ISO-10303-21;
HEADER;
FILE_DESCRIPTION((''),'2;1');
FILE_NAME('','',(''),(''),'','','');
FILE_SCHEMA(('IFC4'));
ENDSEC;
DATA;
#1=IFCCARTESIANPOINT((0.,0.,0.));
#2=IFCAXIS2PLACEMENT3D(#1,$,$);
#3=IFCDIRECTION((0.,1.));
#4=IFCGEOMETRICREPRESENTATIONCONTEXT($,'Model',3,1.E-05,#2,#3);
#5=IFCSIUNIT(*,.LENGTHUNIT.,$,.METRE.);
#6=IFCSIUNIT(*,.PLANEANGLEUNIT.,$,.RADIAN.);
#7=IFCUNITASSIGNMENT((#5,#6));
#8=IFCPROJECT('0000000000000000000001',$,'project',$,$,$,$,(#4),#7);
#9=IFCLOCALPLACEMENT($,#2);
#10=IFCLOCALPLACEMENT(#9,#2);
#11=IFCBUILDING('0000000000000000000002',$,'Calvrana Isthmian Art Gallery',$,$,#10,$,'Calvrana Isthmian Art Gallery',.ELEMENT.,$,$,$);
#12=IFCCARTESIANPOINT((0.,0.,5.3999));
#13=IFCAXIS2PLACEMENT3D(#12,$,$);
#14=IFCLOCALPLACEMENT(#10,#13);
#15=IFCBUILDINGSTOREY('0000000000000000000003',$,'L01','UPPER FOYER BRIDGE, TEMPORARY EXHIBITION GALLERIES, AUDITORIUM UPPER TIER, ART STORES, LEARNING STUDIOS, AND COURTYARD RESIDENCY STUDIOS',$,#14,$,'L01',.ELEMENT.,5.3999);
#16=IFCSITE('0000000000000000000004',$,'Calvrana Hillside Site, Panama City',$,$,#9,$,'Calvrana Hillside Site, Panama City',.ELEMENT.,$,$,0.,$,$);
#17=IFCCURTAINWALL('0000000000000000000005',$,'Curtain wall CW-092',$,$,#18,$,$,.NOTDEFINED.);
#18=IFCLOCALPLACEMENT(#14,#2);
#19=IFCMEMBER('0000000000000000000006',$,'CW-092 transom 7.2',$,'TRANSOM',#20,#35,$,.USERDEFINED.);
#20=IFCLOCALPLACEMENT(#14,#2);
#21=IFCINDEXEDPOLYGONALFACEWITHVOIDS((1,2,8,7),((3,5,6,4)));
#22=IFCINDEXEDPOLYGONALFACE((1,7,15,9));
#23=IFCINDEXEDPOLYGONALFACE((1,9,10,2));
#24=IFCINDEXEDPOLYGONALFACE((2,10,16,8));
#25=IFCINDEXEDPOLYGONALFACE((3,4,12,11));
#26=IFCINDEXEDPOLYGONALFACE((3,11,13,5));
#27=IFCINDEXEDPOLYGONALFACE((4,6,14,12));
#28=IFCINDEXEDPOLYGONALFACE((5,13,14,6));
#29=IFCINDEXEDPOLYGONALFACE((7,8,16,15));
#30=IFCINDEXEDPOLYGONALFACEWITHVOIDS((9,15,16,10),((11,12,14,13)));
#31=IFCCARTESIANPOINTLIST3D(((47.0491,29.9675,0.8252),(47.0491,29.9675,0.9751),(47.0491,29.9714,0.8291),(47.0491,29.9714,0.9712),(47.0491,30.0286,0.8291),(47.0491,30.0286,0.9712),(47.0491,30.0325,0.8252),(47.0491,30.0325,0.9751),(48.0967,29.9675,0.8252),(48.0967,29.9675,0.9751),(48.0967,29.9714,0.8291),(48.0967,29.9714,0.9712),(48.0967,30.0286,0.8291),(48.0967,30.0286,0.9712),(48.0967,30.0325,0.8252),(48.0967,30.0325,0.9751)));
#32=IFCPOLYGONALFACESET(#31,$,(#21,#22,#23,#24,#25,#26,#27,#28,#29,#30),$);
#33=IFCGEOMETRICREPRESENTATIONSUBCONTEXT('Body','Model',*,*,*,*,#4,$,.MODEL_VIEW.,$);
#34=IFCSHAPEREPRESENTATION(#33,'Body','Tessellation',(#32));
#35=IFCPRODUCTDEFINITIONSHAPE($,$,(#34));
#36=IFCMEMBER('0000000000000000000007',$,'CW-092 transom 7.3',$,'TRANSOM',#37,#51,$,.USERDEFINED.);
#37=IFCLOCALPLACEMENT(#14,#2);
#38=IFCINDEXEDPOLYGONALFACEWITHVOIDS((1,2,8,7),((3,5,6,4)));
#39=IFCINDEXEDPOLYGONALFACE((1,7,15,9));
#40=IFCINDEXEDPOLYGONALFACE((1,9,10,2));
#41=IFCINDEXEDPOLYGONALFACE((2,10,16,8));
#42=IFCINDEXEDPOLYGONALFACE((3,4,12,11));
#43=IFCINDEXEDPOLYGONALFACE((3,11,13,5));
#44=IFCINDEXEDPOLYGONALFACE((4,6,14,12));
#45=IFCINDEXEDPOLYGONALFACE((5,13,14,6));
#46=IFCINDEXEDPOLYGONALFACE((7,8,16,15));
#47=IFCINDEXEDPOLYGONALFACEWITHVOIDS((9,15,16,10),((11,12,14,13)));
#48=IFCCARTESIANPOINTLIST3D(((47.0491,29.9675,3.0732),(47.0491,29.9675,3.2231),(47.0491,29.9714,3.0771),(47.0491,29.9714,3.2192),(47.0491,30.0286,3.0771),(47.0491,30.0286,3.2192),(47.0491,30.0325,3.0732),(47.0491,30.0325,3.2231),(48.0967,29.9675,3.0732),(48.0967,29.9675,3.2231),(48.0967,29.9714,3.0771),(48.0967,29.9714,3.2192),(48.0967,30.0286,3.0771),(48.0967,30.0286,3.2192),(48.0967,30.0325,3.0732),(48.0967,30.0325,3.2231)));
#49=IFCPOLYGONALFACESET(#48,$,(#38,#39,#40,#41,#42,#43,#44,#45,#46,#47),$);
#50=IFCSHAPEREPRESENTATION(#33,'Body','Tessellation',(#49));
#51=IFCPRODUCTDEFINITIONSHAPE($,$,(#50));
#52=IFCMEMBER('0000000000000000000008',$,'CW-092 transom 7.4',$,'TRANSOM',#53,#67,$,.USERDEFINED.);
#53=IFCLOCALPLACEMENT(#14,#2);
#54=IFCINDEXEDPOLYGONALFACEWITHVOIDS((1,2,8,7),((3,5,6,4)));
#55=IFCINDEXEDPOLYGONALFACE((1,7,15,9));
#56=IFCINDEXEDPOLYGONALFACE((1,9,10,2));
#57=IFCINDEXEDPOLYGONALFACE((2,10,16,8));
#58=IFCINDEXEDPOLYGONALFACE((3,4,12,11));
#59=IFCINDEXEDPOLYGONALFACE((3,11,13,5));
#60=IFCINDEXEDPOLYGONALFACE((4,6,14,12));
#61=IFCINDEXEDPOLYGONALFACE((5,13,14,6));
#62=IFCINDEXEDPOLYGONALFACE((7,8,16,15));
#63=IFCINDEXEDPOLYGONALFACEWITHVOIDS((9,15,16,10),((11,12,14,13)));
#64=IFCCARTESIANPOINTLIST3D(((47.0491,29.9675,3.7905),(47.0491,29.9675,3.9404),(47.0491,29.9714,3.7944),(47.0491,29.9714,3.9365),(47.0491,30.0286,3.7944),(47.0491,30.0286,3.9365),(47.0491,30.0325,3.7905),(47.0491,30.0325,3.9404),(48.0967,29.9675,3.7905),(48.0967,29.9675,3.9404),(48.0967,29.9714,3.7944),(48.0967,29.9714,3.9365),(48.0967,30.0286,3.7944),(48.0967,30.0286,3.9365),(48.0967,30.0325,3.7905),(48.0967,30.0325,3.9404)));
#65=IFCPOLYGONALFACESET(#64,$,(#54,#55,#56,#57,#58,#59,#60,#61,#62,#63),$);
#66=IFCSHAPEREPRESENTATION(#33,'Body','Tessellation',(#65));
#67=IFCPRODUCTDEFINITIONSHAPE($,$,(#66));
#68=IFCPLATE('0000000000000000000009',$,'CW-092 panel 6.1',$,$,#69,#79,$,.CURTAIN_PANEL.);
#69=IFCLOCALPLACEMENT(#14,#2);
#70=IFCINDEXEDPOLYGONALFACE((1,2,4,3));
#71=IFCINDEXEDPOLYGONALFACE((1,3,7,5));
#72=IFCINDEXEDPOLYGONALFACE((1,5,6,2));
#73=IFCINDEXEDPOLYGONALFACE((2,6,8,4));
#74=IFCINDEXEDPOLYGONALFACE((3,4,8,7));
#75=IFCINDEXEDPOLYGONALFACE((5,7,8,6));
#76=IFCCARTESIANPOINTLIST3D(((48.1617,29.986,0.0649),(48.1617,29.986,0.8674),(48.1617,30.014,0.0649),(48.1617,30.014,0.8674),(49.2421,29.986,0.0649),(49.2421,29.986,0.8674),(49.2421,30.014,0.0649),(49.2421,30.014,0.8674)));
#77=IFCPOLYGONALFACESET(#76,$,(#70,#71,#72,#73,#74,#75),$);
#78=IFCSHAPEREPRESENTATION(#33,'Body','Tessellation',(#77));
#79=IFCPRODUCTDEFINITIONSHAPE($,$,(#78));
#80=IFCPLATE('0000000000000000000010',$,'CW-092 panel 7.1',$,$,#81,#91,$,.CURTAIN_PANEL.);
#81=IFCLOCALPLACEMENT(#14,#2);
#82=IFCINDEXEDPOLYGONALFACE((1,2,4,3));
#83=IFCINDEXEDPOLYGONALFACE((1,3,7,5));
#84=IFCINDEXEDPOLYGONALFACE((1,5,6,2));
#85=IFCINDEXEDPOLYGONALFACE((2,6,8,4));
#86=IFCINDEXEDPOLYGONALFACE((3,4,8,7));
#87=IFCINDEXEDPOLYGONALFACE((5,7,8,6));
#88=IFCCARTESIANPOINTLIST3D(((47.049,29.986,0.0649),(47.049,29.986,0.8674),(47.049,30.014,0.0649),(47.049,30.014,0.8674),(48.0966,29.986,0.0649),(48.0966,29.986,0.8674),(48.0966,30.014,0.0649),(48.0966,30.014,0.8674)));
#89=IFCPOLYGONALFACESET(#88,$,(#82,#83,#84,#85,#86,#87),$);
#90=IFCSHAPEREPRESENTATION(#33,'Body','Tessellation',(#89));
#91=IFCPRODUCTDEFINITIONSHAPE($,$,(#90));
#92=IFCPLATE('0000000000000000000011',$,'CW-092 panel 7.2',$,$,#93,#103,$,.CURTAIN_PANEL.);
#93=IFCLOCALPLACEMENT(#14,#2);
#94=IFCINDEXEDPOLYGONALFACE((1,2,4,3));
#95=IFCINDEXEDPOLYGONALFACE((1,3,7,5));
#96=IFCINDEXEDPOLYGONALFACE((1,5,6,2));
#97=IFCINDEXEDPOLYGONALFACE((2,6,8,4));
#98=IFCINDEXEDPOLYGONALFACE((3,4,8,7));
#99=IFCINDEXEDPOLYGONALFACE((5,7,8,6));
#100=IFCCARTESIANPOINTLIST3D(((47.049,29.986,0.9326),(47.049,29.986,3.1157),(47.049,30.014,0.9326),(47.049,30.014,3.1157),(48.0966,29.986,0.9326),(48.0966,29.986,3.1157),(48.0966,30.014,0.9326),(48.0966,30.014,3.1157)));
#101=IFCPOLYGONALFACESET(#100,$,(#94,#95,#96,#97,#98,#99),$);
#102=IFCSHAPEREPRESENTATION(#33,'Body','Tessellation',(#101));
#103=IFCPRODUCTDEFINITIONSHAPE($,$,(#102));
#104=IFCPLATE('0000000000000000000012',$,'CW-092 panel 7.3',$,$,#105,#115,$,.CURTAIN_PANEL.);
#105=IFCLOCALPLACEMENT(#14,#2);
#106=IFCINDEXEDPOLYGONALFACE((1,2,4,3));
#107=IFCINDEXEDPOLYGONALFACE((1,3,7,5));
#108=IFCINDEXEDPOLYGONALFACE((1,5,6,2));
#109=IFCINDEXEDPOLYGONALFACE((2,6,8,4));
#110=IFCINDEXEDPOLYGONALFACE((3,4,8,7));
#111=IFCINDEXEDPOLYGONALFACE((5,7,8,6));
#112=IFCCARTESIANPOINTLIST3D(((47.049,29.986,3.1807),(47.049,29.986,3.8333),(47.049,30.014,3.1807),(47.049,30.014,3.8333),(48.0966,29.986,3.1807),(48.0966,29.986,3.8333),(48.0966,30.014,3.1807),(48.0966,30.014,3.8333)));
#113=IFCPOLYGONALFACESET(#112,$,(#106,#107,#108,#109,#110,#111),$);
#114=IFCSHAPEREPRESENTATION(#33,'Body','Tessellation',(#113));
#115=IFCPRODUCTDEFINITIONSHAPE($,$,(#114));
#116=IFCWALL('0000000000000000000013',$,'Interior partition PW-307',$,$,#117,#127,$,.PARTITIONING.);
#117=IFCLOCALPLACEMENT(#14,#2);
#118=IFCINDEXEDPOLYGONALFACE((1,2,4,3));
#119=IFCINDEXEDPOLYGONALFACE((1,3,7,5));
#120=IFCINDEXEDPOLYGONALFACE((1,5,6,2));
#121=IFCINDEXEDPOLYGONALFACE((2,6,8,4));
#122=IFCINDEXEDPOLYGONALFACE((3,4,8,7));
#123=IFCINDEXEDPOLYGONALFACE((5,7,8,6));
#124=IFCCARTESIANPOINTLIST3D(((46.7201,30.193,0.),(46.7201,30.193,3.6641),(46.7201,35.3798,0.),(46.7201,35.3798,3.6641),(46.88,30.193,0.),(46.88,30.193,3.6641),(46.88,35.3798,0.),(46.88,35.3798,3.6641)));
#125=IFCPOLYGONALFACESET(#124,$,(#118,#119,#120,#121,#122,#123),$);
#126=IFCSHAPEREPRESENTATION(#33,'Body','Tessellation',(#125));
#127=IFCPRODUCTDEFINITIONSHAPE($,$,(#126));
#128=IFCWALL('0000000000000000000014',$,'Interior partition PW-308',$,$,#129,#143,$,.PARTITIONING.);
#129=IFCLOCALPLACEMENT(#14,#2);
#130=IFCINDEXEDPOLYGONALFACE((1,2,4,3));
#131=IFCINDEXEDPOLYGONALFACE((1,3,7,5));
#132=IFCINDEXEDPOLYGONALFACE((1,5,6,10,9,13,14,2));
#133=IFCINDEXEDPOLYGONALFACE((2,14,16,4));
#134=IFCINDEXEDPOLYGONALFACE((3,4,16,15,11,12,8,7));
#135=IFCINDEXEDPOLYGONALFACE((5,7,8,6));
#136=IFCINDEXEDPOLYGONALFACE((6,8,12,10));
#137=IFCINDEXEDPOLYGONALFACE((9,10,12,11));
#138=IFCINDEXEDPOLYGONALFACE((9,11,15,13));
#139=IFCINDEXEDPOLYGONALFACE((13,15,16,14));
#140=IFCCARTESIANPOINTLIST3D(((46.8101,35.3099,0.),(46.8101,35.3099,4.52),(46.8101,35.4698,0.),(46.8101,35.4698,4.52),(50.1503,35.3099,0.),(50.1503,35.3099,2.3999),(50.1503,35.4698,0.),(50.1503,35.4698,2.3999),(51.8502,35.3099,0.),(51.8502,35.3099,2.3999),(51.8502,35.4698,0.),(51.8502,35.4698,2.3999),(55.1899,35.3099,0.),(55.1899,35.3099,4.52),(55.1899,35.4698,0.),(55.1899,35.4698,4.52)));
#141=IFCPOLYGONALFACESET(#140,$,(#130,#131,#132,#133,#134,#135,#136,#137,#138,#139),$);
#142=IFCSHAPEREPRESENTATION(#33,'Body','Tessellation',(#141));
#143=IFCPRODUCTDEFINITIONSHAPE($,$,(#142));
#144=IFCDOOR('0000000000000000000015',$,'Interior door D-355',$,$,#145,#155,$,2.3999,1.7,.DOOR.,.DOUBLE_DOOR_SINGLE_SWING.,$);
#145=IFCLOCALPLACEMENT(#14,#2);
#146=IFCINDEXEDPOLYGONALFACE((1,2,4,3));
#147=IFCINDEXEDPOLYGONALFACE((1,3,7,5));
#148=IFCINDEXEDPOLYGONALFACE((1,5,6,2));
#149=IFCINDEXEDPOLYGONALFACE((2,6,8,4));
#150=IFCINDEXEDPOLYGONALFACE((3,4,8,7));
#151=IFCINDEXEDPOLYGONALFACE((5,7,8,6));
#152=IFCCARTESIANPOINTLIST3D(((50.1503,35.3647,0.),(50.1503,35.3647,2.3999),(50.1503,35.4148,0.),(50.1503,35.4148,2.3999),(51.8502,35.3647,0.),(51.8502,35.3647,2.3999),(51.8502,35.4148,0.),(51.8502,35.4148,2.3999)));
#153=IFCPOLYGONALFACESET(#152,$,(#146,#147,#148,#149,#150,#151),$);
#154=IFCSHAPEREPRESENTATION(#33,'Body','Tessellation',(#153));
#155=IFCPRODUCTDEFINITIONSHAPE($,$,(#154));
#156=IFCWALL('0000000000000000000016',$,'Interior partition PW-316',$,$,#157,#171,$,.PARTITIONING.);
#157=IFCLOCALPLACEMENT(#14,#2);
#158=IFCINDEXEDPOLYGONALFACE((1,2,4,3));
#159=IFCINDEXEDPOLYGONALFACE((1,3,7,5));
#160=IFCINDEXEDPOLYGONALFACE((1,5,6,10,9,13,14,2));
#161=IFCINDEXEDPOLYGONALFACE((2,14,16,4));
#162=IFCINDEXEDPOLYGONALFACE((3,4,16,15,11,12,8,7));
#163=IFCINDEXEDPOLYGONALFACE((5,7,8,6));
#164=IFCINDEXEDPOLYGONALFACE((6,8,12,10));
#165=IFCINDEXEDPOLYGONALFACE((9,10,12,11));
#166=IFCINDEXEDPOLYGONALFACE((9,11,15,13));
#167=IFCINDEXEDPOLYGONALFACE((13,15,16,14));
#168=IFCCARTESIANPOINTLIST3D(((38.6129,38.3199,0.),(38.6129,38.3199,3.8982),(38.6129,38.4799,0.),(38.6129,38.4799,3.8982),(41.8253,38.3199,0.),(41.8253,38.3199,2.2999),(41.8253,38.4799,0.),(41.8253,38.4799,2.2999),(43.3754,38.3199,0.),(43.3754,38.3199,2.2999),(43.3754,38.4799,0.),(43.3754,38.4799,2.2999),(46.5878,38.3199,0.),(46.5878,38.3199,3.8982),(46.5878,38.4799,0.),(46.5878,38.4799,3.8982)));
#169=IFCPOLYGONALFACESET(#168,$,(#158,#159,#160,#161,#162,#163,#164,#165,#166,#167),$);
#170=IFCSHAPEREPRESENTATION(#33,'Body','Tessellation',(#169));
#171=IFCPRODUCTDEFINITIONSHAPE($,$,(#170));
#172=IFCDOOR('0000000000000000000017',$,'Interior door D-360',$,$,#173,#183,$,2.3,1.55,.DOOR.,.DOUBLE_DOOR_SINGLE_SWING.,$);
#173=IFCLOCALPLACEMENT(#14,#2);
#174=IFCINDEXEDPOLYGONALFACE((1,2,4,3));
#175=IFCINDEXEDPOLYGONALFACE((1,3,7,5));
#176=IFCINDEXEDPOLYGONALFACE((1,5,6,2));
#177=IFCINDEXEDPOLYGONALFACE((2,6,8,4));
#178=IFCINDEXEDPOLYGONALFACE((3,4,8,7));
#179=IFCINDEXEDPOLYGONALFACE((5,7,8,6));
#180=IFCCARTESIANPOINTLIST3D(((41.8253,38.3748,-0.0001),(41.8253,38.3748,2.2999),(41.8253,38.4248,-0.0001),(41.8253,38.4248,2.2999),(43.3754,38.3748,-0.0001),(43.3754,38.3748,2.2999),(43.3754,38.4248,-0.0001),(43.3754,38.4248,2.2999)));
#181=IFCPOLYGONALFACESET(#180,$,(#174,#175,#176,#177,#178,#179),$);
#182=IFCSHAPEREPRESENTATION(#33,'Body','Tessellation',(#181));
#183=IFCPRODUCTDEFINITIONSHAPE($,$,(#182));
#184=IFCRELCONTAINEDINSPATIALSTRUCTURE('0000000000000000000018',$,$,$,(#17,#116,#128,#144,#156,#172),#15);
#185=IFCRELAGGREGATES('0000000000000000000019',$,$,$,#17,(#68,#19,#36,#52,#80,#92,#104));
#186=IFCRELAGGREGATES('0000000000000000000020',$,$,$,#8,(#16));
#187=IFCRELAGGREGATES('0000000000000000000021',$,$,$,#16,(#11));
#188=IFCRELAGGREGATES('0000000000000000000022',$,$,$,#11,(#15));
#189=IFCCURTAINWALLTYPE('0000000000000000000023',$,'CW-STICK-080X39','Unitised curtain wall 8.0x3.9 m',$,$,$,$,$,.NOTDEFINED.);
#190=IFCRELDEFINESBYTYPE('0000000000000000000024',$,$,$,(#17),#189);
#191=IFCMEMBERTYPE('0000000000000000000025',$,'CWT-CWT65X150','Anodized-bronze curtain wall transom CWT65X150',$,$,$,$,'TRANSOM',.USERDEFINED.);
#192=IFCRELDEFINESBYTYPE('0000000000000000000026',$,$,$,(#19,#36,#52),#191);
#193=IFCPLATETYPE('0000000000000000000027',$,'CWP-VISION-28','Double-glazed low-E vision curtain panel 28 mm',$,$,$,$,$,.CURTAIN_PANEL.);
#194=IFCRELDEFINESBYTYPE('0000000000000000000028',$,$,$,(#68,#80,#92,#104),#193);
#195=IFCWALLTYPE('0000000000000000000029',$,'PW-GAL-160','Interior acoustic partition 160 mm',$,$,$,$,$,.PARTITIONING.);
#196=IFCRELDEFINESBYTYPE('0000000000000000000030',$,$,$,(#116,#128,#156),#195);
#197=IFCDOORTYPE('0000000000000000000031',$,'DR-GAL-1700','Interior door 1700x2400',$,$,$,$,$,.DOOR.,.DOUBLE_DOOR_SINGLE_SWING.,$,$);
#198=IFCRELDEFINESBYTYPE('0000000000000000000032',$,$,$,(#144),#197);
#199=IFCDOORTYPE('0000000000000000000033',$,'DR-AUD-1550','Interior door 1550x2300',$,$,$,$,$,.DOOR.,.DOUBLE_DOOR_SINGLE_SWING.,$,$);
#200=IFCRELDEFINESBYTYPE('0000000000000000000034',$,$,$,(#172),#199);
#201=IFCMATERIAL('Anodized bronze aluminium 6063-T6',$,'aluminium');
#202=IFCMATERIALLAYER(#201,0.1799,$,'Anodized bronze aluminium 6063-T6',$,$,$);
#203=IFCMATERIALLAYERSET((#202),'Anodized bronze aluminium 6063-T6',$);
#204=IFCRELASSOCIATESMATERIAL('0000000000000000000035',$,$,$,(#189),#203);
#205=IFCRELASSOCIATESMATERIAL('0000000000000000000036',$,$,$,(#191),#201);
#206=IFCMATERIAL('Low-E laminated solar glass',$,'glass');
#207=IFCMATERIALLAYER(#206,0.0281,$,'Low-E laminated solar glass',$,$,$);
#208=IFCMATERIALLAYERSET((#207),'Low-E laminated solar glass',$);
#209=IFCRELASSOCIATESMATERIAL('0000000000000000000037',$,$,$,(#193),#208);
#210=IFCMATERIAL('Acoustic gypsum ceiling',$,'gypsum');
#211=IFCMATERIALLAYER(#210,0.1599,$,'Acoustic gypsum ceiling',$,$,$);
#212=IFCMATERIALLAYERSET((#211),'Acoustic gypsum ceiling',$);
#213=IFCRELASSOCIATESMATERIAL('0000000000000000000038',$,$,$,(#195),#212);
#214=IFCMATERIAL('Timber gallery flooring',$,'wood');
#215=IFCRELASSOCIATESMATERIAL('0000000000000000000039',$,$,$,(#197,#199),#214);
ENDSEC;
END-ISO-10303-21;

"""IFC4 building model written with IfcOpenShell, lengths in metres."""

from ifc_helpers import new_model, si_unit, direction, frame, frame_2d, origin, origin_2d, place, context, subcontext, project, spatial, rectangle, hollow_rectangle, extrude, material, layer, layer_set, material_profile, profile_set, type_object, element, fill, aggregate, save


model = new_model("IFC4")

# Units and contexts
model_context = context("Model", 3, precision=1e-05, world=origin(), true_north=direction((0.0, 1.0)))
body_context = subcontext(model_context, "Body", "Model", "MODEL_VIEW")
ifc_project = project(units=[si_unit("LENGTHUNIT", "METRE"), si_unit("PLANEANGLEUNIT", "RADIAN")], contexts=[model_context])

# Site, building, storey
site_placement = place(None, origin())
site = spatial("IfcSite", under=ifc_project, at=site_placement, Name="Calvrana Hillside Site, Panama City", LongName="Calvrana Hillside Site, Panama City", CompositionType="ELEMENT", RefElevation=0.0)
building_placement = place(site_placement, origin())
building = spatial("IfcBuilding", under=site, at=building_placement, Name="Calvrana Isthmian Art Gallery", LongName="Calvrana Isthmian Art Gallery", CompositionType="ELEMENT")
storey_placement = place(building_placement, frame((0.0, 0.0, 5.3999)))
storey = spatial("IfcBuildingStorey", under=building, at=storey_placement, Name="L01", Description="UPPER FOYER BRIDGE, TEMPORARY EXHIBITION GALLERIES, AUDITORIUM UPPER TIER, ART STORES, LEARNING STUDIOS, AND COURTYARD RESIDENCY STUDIOS", LongName="L01", CompositionType="ELEMENT", Elevation=5.3999)

# Shared definitions
ifc_material_1 = material(Name="Anodized bronze aluminium 6063-T6", Category="aluminium")

# Curtain wall
ifc_layer_1 = layer(ifc_material_1, 0.1799, Name="Anodized bronze aluminium 6063-T6")
ifc_layer_set_1 = layer_set([ifc_layer_1], Name="Anodized bronze aluminium 6063-T6")
curtain_wall_type_1 = type_object("IfcCurtainWallType", Name="CW-STICK-080X39", Description="Unitised curtain wall 8.0x3.9 m", PredefinedType="NOTDEFINED", material=ifc_layer_set_1)
curtain_wall_1_placement = place(storey_placement, origin())
curtain_wall_1 = element("IfcCurtainWall", 1, at=curtain_wall_1_placement, inside=storey, type_object=curtain_wall_type_1, Name="Curtain wall CW-092", PredefinedType="NOTDEFINED")

# Members
ifc_material_profile_1 = material_profile(ifc_material_1, hollow_rectangle(XDim=0.0649, YDim=0.1499, WallThickness=0.0039, at=origin_2d()), Name="CWT65X150")
ifc_profile_set_1 = profile_set([ifc_material_profile_1], Name="Anodized bronze aluminium 6063-T6")
member_type_1 = type_object("IfcMemberType", Name="CWT-CWT65X150", Description="Anodized-bronze curtain wall transom CWT65X150", ElementType="TRANSOM", PredefinedType="USERDEFINED", material=ifc_profile_set_1)
member_1_placement = place(storey_placement, frame((48.0967, 30.0, 0.9001), z_axis=(-1.0, 0.0, 0.0), x_axis=(0.0, -1.0, 0.0)))
member_1 = element("IfcMember", 2, at=member_1_placement, type_object=member_type_1, Name="CW-092 transom 7.2", ObjectType="TRANSOM", PredefinedType="USERDEFINED", context=body_context, shape_type="SweptSolid", body=[
    extrude(hollow_rectangle(XDim=0.0649, YDim=0.1499, WallThickness=0.0039, at=origin_2d()), origin(), (0.0, 0.0, 1.0), 1.0476),
])
member_2_placement = place(storey_placement, frame((48.0967, 30.0, 3.1482), z_axis=(-1.0, 0.0, 0.0), x_axis=(0.0, -1.0, 0.0)))
member_2 = element("IfcMember", 3, at=member_2_placement, type_object=member_type_1, Name="CW-092 transom 7.3", ObjectType="TRANSOM", PredefinedType="USERDEFINED", context=body_context, shape_type="SweptSolid", body=[
    extrude(hollow_rectangle(XDim=0.0649, YDim=0.1499, WallThickness=0.0039, at=origin_2d()), origin(), (0.0, 0.0, 1.0), 1.0476),
])
member_3_placement = place(storey_placement, frame((48.0967, 30.0, 3.8655), z_axis=(-1.0, 0.0, 0.0), x_axis=(0.0, -1.0, 0.0)))
member_3 = element("IfcMember", 4, at=member_3_placement, type_object=member_type_1, Name="CW-092 transom 7.4", ObjectType="TRANSOM", PredefinedType="USERDEFINED", context=body_context, shape_type="SweptSolid", body=[
    extrude(hollow_rectangle(XDim=0.0649, YDim=0.1499, WallThickness=0.0039, at=origin_2d()), origin(), (0.0, 0.0, 1.0), 1.0476),
])

# Plates
ifc_material_2 = material(Name="Low-E laminated solar glass", Category="glass")
ifc_layer_2 = layer(ifc_material_2, 0.0281, Name="Low-E laminated solar glass")
ifc_layer_set_2 = layer_set([ifc_layer_2], Name="Low-E laminated solar glass")
plate_type = type_object("IfcPlateType", Name="CWP-VISION-28", Description="Double-glazed low-E vision curtain panel 28 mm", PredefinedType="CURTAIN_PANEL", material=ifc_layer_set_2)
plate_1_placement = place(storey_placement, frame((48.7019, 30.0, 0.0649), z_axis=(0.0, 0.0, 1.0), x_axis=(-1.0, 0.0, 0.0)))
plate_1 = element("IfcPlate", 5, at=plate_1_placement, type_object=plate_type, Name="CW-092 panel 6.1", PredefinedType="CURTAIN_PANEL", context=body_context, shape_type="SweptSolid", body=[
    extrude(rectangle(XDim=1.0803, YDim=0.0281, at=origin_2d()), origin(), (0.0, 0.0, 1.0), 0.8025),
])
plate_2_placement = place(storey_placement, frame((47.5728, 30.0, 0.0649), z_axis=(0.0, 0.0, 1.0), x_axis=(-1.0, 0.0, 0.0)))
plate_2 = element("IfcPlate", 6, at=plate_2_placement, type_object=plate_type, Name="CW-092 panel 7.1", PredefinedType="CURTAIN_PANEL", context=body_context, shape_type="SweptSolid", body=[
    extrude(rectangle(XDim=1.0476, YDim=0.0281, at=origin_2d()), origin(), (0.0, 0.0, 1.0), 0.8025),
])
plate_3_placement = place(storey_placement, frame((47.5728, 30.0, 0.9326), z_axis=(0.0, 0.0, 1.0), x_axis=(-1.0, 0.0, 0.0)))
plate_3 = element("IfcPlate", 7, at=plate_3_placement, type_object=plate_type, Name="CW-092 panel 7.2", PredefinedType="CURTAIN_PANEL", context=body_context, shape_type="SweptSolid", body=[
    extrude(rectangle(XDim=1.0476, YDim=0.0281, at=origin_2d()), origin(), (0.0, 0.0, 1.0), 2.1831),
])
plate_4_placement = place(storey_placement, frame((47.5728, 30.0, 3.1807), z_axis=(0.0, 0.0, 1.0), x_axis=(-1.0, 0.0, 0.0)))
plate_4 = element("IfcPlate", 8, at=plate_4_placement, type_object=plate_type, Name="CW-092 panel 7.3", PredefinedType="CURTAIN_PANEL", context=body_context, shape_type="SweptSolid", body=[
    extrude(rectangle(XDim=1.0476, YDim=0.0281, at=origin_2d()), origin(), (0.0, 0.0, 1.0), 0.6526),
])
aggregate(curtain_wall_1, [plate_1, member_1, member_2, member_3, plate_2, plate_3, plate_4])

# Wall
ifc_material_3 = material(Name="Acoustic gypsum ceiling", Category="gypsum")
ifc_layer_3 = layer(ifc_material_3, 0.1599, Name="Acoustic gypsum ceiling")
ifc_layer_set_3 = layer_set([ifc_layer_3], Name="Acoustic gypsum ceiling")
wall_type = type_object("IfcWallType", Name="PW-GAL-160", Description="Interior acoustic partition 160 mm", PredefinedType="PARTITIONING", material=ifc_layer_set_3)
wall_1_placement = place(storey_placement, frame((46.8, 30.1931, 0.0), z_axis=(0.0, 0.0, 1.0), x_axis=(0.0, 1.0, 0.0)))
element("IfcWall", 9, at=wall_1_placement, inside=storey, type_object=wall_type, Name="Interior partition PW-307", PredefinedType="PARTITIONING", context=body_context, shape_type="SweptSolid", body=[
    extrude(rectangle(XDim=5.1868, YDim=0.1599, at=frame_2d((2.5933, 0.0))), origin(), (0.0, 0.0, 1.0), 3.6641),
])

# Walls, openings, doors
wall_2_placement = place(storey_placement, frame((46.8101, 35.3899, 0.0), z_axis=(0.0, 0.0, 1.0), x_axis=(1.0, 0.0, 0.0)))
wall_2 = element("IfcWall", 10, at=wall_2_placement, inside=storey, type_object=wall_type, Name="Interior partition PW-308", PredefinedType="PARTITIONING", context=body_context, shape_type="SweptSolid", body=[
    extrude(rectangle(XDim=8.3799, YDim=0.1599, at=frame_2d((4.1899, 0.0))), origin(), (0.0, 0.0, 1.0), 4.52),
])
opening_1_placement = place(wall_2_placement, frame((3.3401, 0.0, 0.0)))
opening_1 = element("IfcOpeningElement", 11, at=opening_1_placement, cuts=wall_2, PredefinedType="OPENING", context=body_context, shape_type="SweptSolid", body=[
    extrude(rectangle(XDim=1.7, YDim=2.3999, at=frame_2d((0.8501, 1.2))), frame((0.0, 0.0903, 0.0), z_axis=(0.0, -1.0, 0.0), x_axis=(1.0, 0.0, 0.0)), (0.0, 0.0, 1.0), 0.1804),
])
ifc_material_4 = material(Name="Timber gallery flooring", Category="wood")
door_type_1 = type_object("IfcDoorType", Name="DR-GAL-1700", Description="Interior door 1700x2400", OperationType="DOUBLE_DOOR_SINGLE_SWING", PredefinedType="DOOR", material=ifc_material_4)
door_1_placement = place(opening_1_placement, origin())
door_1 = element("IfcDoor", 12, at=door_1_placement, inside=storey, type_object=door_type_1, Name="Interior door D-355", OperationType="DOUBLE_DOOR_SINGLE_SWING", OverallHeight=2.3999, OverallWidth=1.7, PredefinedType="DOOR", context=body_context, shape_type="SweptSolid", body=[
    extrude(rectangle(XDim=1.7, YDim=2.3999, at=frame_2d((0.8501, 1.2))), frame((0.0, 0.0249, 0.0), z_axis=(0.0, -1.0, 0.0), x_axis=(1.0, 0.0, 0.0)), (0.0, 0.0, 1.0), 0.05),
])
fill(opening_1, door_1)
wall_3_placement = place(storey_placement, frame((38.613, 38.3999, 0.0), z_axis=(0.0, 0.0, 1.0), x_axis=(1.0, 0.0, 0.0)))
wall_3 = element("IfcWall", 13, at=wall_3_placement, inside=storey, type_object=wall_type, Name="Interior partition PW-316", PredefinedType="PARTITIONING", context=body_context, shape_type="SweptSolid", body=[
    extrude(rectangle(XDim=7.9749, YDim=0.1599, at=frame_2d((3.9873, 0.0))), origin(), (0.0, 0.0, 1.0), 3.8982),
])
opening_2_placement = place(wall_3_placement, frame((3.2124, 0.0, 0.0)))
opening_2 = element("IfcOpeningElement", 14, at=opening_2_placement, cuts=wall_3, PredefinedType="OPENING", context=body_context, shape_type="SweptSolid", body=[
    extrude(rectangle(XDim=1.55, YDim=2.3, at=frame_2d((0.7749, 1.1499))), frame((0.0, 0.0903, 0.0), z_axis=(0.0, -1.0, 0.0), x_axis=(1.0, 0.0, 0.0)), (0.0, 0.0, 1.0), 0.1804),
])
door_type_2 = type_object("IfcDoorType", Name="DR-AUD-1550", Description="Interior door 1550x2300", OperationType="DOUBLE_DOOR_SINGLE_SWING", PredefinedType="DOOR", material=ifc_material_4)
door_2_placement = place(opening_2_placement, origin())
door_2 = element("IfcDoor", 15, at=door_2_placement, inside=storey, type_object=door_type_2, Name="Interior door D-360", OperationType="DOUBLE_DOOR_SINGLE_SWING", OverallHeight=2.3, OverallWidth=1.55, PredefinedType="DOOR", context=body_context, shape_type="SweptSolid", body=[
    extrude(rectangle(XDim=1.55, YDim=2.3, at=frame_2d((0.7749, 1.1499))), frame((0.0, 0.0249, 0.0), z_axis=(0.0, -1.0, 0.0), x_axis=(1.0, 0.0, 0.0)), (0.0, 0.0, 1.0), 0.05),
])
fill(opening_2, door_2)

save(model, "model.ifc")
